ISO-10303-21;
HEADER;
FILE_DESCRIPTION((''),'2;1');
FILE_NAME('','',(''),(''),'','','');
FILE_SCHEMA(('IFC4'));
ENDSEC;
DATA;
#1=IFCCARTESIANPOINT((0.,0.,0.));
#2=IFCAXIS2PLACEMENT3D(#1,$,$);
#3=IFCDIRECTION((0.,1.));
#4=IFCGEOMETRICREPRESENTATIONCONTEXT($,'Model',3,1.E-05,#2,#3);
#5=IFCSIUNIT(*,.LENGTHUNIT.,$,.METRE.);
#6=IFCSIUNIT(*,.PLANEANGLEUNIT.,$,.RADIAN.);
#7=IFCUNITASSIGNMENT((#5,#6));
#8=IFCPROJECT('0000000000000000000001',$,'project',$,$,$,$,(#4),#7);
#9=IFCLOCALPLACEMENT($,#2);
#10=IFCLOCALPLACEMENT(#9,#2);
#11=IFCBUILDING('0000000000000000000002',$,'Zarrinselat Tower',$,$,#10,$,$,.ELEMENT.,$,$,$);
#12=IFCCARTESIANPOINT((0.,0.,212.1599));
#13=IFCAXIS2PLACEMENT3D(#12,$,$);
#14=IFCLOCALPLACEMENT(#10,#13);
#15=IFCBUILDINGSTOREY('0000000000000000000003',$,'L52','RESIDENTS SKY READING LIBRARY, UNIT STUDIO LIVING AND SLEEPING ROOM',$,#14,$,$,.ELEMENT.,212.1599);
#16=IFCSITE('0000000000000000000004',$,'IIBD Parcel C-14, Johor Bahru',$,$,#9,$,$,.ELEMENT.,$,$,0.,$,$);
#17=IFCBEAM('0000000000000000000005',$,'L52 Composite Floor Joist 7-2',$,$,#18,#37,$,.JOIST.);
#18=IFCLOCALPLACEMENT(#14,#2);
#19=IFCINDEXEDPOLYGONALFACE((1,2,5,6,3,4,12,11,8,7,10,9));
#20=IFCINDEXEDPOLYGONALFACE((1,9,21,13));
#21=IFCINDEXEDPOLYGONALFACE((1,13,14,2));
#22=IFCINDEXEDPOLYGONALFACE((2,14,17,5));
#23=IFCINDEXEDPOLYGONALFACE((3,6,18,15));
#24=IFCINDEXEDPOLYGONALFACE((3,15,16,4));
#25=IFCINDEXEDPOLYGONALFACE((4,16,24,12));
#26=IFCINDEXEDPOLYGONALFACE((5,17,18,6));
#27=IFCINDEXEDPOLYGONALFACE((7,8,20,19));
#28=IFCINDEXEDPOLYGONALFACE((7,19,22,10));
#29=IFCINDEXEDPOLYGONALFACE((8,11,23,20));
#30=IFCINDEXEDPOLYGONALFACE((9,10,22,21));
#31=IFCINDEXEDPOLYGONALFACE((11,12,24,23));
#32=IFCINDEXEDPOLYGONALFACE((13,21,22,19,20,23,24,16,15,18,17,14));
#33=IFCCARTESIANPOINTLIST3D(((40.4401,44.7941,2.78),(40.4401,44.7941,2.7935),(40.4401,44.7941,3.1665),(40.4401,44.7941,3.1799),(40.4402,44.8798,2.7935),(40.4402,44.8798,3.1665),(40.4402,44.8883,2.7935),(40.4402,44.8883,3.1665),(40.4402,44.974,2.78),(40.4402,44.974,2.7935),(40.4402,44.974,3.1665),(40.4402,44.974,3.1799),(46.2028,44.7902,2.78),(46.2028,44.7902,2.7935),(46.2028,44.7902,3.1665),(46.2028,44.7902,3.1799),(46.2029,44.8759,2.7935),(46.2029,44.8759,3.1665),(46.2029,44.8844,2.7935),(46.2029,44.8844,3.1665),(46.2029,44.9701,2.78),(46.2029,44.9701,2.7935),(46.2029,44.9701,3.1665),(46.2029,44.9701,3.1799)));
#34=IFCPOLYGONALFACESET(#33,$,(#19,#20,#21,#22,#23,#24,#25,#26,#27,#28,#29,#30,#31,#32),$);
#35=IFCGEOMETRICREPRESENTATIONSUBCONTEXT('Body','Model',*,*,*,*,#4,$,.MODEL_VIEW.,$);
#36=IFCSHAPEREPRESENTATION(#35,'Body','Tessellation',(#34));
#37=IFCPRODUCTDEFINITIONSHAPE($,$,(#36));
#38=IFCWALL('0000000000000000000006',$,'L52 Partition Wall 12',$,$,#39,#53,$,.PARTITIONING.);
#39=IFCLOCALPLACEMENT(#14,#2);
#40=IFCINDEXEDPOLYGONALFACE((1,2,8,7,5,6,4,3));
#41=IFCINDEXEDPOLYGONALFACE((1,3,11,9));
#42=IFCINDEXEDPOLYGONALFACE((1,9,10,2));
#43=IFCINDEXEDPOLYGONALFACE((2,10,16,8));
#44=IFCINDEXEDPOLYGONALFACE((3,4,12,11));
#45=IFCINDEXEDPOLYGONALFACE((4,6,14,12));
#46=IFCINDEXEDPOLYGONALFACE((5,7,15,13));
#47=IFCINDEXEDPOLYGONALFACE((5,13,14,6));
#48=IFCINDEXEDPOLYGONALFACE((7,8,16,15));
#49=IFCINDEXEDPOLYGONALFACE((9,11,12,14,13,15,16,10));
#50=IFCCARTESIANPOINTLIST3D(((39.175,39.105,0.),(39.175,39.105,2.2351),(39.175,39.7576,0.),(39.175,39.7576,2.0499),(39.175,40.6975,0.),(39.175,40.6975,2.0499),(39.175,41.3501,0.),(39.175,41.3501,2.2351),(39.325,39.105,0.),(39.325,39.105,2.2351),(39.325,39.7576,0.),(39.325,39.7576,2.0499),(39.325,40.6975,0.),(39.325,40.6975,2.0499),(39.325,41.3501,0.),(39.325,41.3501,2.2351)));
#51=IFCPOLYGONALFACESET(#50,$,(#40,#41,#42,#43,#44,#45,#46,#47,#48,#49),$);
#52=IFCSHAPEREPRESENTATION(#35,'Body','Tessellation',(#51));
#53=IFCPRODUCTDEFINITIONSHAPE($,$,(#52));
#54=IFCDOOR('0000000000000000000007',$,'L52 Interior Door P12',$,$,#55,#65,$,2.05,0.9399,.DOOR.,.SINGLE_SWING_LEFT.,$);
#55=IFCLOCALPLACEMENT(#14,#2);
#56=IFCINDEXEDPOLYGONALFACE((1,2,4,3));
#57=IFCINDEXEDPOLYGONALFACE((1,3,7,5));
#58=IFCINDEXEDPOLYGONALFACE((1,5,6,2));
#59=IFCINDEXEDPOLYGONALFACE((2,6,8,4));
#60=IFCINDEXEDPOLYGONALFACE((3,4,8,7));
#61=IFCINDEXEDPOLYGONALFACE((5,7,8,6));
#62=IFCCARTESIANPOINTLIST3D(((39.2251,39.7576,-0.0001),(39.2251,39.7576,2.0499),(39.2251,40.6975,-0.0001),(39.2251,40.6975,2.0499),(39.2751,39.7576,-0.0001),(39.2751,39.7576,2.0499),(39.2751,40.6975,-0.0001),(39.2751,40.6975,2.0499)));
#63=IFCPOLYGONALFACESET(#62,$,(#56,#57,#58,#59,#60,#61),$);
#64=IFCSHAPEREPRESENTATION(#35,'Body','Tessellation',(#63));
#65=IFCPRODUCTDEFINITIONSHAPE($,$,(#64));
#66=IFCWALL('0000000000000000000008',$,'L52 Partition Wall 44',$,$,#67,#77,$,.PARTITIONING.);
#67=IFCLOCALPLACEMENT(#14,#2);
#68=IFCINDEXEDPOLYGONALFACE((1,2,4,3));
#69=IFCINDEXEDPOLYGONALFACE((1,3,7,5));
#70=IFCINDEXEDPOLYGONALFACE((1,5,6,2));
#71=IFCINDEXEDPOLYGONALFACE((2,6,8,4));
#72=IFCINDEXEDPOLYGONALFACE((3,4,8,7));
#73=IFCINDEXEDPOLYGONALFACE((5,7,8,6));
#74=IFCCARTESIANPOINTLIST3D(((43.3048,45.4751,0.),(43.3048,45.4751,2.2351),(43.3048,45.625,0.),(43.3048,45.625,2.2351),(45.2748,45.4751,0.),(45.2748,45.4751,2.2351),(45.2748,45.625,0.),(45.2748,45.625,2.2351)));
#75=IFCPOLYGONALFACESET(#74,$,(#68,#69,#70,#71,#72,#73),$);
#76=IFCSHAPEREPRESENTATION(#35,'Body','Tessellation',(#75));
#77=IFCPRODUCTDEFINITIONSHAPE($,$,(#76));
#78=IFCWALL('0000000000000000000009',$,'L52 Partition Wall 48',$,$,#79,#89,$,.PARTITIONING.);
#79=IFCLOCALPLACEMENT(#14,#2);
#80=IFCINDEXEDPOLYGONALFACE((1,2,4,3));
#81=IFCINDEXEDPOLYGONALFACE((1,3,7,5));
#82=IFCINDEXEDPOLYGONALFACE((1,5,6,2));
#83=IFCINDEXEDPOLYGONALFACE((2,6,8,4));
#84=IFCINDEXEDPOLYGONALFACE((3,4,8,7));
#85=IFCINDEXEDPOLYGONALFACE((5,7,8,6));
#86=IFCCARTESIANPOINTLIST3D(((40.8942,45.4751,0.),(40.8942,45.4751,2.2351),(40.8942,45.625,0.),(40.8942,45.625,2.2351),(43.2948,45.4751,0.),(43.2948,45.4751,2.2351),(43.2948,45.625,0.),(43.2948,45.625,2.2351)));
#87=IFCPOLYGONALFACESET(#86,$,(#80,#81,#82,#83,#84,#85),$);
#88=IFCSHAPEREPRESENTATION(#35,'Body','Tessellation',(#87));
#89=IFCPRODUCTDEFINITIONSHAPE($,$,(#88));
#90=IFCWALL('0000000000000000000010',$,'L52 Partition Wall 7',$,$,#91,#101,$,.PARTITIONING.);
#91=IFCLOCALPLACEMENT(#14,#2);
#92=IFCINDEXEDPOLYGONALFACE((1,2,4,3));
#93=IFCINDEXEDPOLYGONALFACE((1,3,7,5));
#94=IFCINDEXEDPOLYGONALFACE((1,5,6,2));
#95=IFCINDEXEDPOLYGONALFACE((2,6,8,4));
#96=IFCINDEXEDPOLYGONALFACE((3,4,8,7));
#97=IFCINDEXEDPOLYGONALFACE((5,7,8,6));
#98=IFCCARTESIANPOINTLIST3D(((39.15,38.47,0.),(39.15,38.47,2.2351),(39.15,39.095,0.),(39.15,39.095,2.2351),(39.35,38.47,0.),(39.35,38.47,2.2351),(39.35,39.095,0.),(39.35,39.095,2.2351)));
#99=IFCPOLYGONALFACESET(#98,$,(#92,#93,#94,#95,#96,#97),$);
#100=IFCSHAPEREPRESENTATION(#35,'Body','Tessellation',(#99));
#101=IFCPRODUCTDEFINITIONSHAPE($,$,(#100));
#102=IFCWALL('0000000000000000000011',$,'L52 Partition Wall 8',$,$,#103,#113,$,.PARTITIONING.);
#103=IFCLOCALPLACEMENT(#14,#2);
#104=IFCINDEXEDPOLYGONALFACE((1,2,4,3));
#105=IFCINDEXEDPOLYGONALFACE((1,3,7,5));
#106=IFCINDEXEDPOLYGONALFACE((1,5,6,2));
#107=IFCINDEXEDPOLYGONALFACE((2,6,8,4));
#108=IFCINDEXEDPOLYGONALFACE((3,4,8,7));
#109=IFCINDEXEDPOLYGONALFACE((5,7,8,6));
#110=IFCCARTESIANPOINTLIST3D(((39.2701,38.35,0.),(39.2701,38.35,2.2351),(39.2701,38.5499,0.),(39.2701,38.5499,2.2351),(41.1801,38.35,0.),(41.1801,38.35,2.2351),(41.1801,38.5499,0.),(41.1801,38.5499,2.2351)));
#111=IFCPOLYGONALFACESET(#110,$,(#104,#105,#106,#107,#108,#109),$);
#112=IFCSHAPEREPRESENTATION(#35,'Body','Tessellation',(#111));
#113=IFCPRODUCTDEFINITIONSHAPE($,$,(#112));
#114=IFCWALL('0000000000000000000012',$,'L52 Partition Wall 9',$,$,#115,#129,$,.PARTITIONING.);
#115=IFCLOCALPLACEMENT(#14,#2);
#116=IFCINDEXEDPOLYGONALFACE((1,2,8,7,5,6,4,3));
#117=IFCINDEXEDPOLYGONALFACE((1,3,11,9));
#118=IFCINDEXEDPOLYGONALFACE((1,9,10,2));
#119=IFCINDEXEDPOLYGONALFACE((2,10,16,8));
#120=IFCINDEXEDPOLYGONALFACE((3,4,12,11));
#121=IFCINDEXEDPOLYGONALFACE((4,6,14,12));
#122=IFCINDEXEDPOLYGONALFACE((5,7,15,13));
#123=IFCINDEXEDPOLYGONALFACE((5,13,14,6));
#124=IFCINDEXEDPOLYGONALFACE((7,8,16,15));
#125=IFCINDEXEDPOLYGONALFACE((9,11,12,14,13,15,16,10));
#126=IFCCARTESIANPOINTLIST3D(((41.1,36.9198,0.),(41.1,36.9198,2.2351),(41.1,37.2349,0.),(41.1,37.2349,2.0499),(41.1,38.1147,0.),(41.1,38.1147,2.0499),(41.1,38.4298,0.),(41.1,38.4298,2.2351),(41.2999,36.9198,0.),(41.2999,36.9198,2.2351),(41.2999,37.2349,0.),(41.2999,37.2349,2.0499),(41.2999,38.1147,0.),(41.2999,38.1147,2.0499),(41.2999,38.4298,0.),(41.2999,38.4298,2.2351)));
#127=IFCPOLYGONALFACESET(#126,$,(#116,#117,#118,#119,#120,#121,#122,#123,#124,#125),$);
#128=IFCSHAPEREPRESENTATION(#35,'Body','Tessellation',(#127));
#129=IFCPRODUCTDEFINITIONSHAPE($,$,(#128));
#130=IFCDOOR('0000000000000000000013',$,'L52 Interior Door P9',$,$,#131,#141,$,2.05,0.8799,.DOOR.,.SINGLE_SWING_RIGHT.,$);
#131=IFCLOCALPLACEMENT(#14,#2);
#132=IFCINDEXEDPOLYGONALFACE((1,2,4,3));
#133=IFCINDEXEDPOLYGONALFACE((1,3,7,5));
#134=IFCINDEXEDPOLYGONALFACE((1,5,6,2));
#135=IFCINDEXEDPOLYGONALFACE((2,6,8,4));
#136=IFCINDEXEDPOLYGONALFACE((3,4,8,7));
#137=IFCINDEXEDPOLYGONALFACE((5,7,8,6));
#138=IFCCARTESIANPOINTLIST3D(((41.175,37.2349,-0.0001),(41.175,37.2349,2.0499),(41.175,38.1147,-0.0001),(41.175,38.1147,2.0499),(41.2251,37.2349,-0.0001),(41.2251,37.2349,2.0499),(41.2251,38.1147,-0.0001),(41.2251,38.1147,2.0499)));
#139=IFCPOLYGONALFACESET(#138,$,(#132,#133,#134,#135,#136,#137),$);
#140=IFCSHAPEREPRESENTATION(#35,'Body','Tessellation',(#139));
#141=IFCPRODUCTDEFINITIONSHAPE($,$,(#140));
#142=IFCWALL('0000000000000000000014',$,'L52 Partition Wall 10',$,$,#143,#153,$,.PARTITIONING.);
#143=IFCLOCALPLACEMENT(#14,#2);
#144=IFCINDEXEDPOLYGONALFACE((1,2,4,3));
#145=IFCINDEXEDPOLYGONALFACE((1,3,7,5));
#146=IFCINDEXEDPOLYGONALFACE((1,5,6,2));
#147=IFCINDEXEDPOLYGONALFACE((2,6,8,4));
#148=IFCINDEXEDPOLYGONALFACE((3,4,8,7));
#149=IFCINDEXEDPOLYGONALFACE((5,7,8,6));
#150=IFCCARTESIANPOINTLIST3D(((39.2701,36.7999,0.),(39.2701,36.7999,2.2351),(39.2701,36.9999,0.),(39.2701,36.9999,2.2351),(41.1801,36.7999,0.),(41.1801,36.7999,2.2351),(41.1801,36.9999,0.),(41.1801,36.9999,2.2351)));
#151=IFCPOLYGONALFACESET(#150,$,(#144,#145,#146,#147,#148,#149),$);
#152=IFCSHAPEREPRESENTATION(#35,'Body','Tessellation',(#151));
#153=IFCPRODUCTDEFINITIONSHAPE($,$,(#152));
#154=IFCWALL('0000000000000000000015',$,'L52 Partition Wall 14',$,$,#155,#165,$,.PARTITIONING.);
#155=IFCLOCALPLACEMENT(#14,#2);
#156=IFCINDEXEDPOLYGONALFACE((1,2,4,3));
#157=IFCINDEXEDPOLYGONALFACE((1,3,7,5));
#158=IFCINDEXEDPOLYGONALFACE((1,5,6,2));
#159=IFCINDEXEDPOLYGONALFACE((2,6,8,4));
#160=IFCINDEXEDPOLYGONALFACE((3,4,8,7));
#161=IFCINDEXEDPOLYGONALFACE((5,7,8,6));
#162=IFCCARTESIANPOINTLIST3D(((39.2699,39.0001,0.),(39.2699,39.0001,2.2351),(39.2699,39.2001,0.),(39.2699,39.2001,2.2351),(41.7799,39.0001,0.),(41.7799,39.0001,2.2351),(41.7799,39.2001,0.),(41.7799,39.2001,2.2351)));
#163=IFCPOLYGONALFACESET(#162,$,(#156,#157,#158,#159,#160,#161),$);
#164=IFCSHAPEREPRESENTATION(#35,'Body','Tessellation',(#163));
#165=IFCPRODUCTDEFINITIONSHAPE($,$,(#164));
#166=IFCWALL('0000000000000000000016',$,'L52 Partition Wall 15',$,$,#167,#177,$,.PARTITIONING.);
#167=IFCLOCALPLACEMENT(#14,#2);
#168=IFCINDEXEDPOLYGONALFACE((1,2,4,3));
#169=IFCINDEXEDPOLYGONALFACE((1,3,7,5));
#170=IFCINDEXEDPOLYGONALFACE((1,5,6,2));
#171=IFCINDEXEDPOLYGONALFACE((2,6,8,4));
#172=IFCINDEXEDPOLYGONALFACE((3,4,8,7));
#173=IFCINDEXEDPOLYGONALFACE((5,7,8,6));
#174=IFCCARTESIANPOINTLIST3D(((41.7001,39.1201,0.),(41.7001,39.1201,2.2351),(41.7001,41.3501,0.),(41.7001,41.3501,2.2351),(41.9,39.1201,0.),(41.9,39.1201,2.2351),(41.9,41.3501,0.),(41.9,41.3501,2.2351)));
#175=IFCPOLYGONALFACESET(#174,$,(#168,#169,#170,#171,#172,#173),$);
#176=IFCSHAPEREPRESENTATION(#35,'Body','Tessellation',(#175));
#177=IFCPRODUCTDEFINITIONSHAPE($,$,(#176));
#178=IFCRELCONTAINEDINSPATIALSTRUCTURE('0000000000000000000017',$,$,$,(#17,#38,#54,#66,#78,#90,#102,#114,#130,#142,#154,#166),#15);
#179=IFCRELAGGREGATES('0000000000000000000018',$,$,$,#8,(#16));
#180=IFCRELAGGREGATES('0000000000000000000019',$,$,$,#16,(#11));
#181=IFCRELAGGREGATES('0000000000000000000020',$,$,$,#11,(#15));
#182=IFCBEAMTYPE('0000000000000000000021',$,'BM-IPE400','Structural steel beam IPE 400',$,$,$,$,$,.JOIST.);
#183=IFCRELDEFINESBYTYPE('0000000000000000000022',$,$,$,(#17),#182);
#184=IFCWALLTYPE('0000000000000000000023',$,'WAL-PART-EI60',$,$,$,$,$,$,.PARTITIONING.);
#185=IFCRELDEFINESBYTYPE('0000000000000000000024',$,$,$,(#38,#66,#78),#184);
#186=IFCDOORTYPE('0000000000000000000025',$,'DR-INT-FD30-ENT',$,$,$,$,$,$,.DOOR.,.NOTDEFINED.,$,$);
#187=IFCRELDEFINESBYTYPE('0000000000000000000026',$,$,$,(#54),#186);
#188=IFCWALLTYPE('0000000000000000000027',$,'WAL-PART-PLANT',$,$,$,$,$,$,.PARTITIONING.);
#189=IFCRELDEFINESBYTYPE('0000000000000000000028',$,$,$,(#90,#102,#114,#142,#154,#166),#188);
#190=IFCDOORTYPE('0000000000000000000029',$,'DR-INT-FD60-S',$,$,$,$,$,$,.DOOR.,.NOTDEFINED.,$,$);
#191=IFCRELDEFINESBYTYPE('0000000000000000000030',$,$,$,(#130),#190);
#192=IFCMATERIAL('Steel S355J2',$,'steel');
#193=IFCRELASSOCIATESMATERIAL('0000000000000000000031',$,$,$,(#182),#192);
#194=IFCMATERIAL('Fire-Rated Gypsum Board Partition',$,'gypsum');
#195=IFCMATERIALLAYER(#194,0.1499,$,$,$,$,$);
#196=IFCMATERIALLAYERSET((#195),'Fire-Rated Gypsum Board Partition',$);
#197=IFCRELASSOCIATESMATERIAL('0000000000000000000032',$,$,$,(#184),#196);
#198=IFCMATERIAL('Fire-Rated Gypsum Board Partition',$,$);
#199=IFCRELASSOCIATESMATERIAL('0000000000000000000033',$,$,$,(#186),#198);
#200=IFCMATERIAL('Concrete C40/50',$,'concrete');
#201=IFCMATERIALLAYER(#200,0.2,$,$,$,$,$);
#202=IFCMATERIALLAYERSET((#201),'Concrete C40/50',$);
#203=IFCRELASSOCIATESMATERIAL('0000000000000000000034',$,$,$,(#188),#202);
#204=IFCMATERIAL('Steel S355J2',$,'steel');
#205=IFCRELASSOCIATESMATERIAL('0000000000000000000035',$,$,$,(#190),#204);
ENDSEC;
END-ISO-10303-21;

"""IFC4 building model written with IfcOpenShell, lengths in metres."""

from ifc_helpers import new_model, si_unit, direction, frame, frame_2d, origin, origin_2d, place, context, subcontext, project, spatial, rectangle, i_section, extrude, material, layer, layer_set, material_profile, profile_set, type_object, element, fill, save


model = new_model("IFC4")

# Units and contexts
model_context = context("Model", 3, precision=1e-05, world=origin(), true_north=direction((0.0, 1.0)))
body_context = subcontext(model_context, "Body", "Model", "MODEL_VIEW")
ifc_project = project(units=[si_unit("LENGTHUNIT", "METRE"), si_unit("PLANEANGLEUNIT", "RADIAN")], contexts=[model_context])

# Site, building, storey
site_placement = place(None, origin())
site = spatial("IfcSite", under=ifc_project, at=site_placement, Name="IIBD Parcel C-14, Johor Bahru", CompositionType="ELEMENT", RefElevation=0.0)
building_placement = place(site_placement, origin())
building = spatial("IfcBuilding", under=site, at=building_placement, Name="Zarrinselat Tower", CompositionType="ELEMENT")
storey_placement = place(building_placement, frame((0.0, 0.0, 212.1599)))
storey = spatial("IfcBuildingStorey", under=building, at=storey_placement, Name="L52", Description="RESIDENTS SKY READING LIBRARY, UNIT STUDIO LIVING AND SLEEPING ROOM", CompositionType="ELEMENT", Elevation=212.1599)

# Beam
ifc_material_1 = material(Name="Steel S355J2", Category="steel")
ifc_material_profile = material_profile(ifc_material_1, i_section(OverallWidth=0.1799, OverallDepth=0.3999, WebThickness=0.0085, FlangeThickness=0.0134, at=origin_2d()), Name="IPE 400")
ifc_profile_set = profile_set([ifc_material_profile], Name="Steel S355J2")
beam_type = type_object("IfcBeamType", Name="BM-IPE400", Description="Structural steel beam IPE 400", PredefinedType="JOIST", material=ifc_profile_set)
beam_placement = place(storey_placement, frame((40.4402, 44.884, 2.98), z_axis=(1.0, -0.000678, 0.0), x_axis=(0.000678, 1.0, 0.0)))
element("IfcBeam", 1, at=beam_placement, inside=storey, type_object=beam_type, Name="L52 Composite Floor Joist 7-2", PredefinedType="JOIST", context=body_context, shape_type="SweptSolid", body=[
    extrude(i_section(OverallWidth=0.1799, OverallDepth=0.3999, WebThickness=0.0085, FlangeThickness=0.0134, at=origin_2d()), origin(), (0.0, 0.0, 1.0), 5.7627),
])

# Wall, opening, door
ifc_material_2 = material(Name="Fire-Rated Gypsum Board Partition", Category="gypsum")
ifc_layer_1 = layer(ifc_material_2, 0.1499)
ifc_layer_set_1 = layer_set([ifc_layer_1], Name="Fire-Rated Gypsum Board Partition")
wall_type_1 = type_object("IfcWallType", Name="WAL-PART-EI60", PredefinedType="PARTITIONING", material=ifc_layer_set_1)
wall_1_placement = place(storey_placement, frame((39.25, 39.105, 0.0), z_axis=(0.0, 0.0, 1.0), x_axis=(0.0, 1.0, 0.0)))
wall_1 = element("IfcWall", 2, at=wall_1_placement, inside=storey, type_object=wall_type_1, Name="L52 Partition Wall 12", PredefinedType="PARTITIONING", context=body_context, shape_type="SweptSolid", body=[
    extrude(rectangle(XDim=2.2451, YDim=0.1499, at=frame_2d((1.1226, 0.0))), origin(), (0.0, 0.0, 1.0), 2.2351),
])
opening_1_placement = place(wall_1_placement, frame((0.6526, 0.0, 0.0)))
opening_1 = element("IfcOpeningElement", 3, at=opening_1_placement, cuts=wall_1, PredefinedType="OPENING", context=body_context, shape_type="SweptSolid", body=[
    extrude(rectangle(XDim=0.9399, YDim=2.05, at=frame_2d((0.47, 1.0249))), frame((0.0, 0.085, 0.0), z_axis=(0.0, -1.0, 0.0), x_axis=(1.0, 0.0, 0.0)), (0.0, 0.0, 1.0), 0.1699),
])
ifc_material_3 = material(Name="Fire-Rated Gypsum Board Partition")
door_type_1 = type_object("IfcDoorType", Name="DR-INT-FD30-ENT", OperationType="NOTDEFINED", PredefinedType="DOOR", material=ifc_material_3)
door_1_placement = place(opening_1_placement, origin())
door_1 = element("IfcDoor", 4, at=door_1_placement, inside=storey, type_object=door_type_1, Name="L52 Interior Door P12", OperationType="SINGLE_SWING_LEFT", OverallHeight=2.05, OverallWidth=0.9399, PredefinedType="DOOR", context=body_context, shape_type="SweptSolid", body=[
    extrude(rectangle(XDim=0.9399, YDim=2.05, at=frame_2d((0.47, 1.0249))), frame((0.0, 0.0249, 0.0), z_axis=(0.0, -1.0, 0.0), x_axis=(1.0, 0.0, 0.0)), (0.0, 0.0, 1.0), 0.05),
])
fill(opening_1, door_1)

# Walls
wall_2_placement = place(storey_placement, frame((43.3049, 45.55, 0.0), z_axis=(0.0, 0.0, 1.0), x_axis=(1.0, 0.0, 0.0)))
element("IfcWall", 5, at=wall_2_placement, inside=storey, type_object=wall_type_1, Name="L52 Partition Wall 44", PredefinedType="PARTITIONING", context=body_context, shape_type="SweptSolid", body=[
    extrude(rectangle(XDim=1.97, YDim=0.1499, at=frame_2d((0.9849, 0.0))), origin(), (0.0, 0.0, 1.0), 2.2351),
])
wall_3_placement = place(storey_placement, frame((40.8943, 45.55, 0.0), z_axis=(0.0, 0.0, 1.0), x_axis=(1.0, 0.0, 0.0)))
element("IfcWall", 6, at=wall_3_placement, inside=storey, type_object=wall_type_1, Name="L52 Partition Wall 48", PredefinedType="PARTITIONING", context=body_context, shape_type="SweptSolid", body=[
    extrude(rectangle(XDim=2.4006, YDim=0.1499, at=frame_2d((1.2002, 0.0))), origin(), (0.0, 0.0, 1.0), 2.2351),
])
ifc_material_4 = material(Name="Concrete C40/50", Category="concrete")
ifc_layer_2 = layer(ifc_material_4, 0.2)
ifc_layer_set_2 = layer_set([ifc_layer_2], Name="Concrete C40/50")
wall_type_2 = type_object("IfcWallType", Name="WAL-PART-PLANT", PredefinedType="PARTITIONING", material=ifc_layer_set_2)
wall_4_placement = place(storey_placement, frame((39.25, 38.47, 0.0), z_axis=(0.0, 0.0, 1.0), x_axis=(0.0, 1.0, 0.0)))
element("IfcWall", 7, at=wall_4_placement, inside=storey, type_object=wall_type_2, Name="L52 Partition Wall 7", PredefinedType="PARTITIONING", context=body_context, shape_type="SweptSolid", body=[
    extrude(rectangle(XDim=0.625, YDim=0.2, at=frame_2d((0.3125, 0.0))), origin(), (0.0, 0.0, 1.0), 2.2351),
])
wall_5_placement = place(storey_placement, frame((39.27, 38.45, 0.0), z_axis=(0.0, 0.0, 1.0), x_axis=(1.0, 0.0, 0.0)))
element("IfcWall", 8, at=wall_5_placement, inside=storey, type_object=wall_type_2, Name="L52 Partition Wall 8", PredefinedType="PARTITIONING", context=body_context, shape_type="SweptSolid", body=[
    extrude(rectangle(XDim=1.9099, YDim=0.2, at=frame_2d((0.9551, 0.0))), origin(), (0.0, 0.0, 1.0), 2.2351),
])

# Wall, opening, door
wall_6_placement = place(storey_placement, frame((41.2, 36.9199, 0.0), z_axis=(0.0, 0.0, 1.0), x_axis=(0.0, 1.0, 0.0)))
wall_6 = element("IfcWall", 9, at=wall_6_placement, inside=storey, type_object=wall_type_2, Name="L52 Partition Wall 9", PredefinedType="PARTITIONING", context=body_context, shape_type="SweptSolid", body=[
    extrude(rectangle(XDim=1.51, YDim=0.2, at=frame_2d((0.7549, 0.0))), origin(), (0.0, 0.0, 1.0), 2.2351),
])
opening_2_placement = place(wall_6_placement, frame((0.3149, 0.0, 0.0)))
opening_2 = element("IfcOpeningElement", 10, at=opening_2_placement, cuts=wall_6, PredefinedType="OPENING", context=body_context, shape_type="SweptSolid", body=[
    extrude(rectangle(XDim=0.8799, YDim=2.05, at=frame_2d((0.4399, 1.0249))), frame((0.0, 0.1099, 0.0), z_axis=(0.0, -1.0, 0.0), x_axis=(1.0, 0.0, 0.0)), (0.0, 0.0, 1.0), 0.22),
])
ifc_material_5 = material(Name="Steel S355J2", Category="steel")
door_type_2 = type_object("IfcDoorType", Name="DR-INT-FD60-S", OperationType="NOTDEFINED", PredefinedType="DOOR", material=ifc_material_5)
door_2_placement = place(opening_2_placement, origin())
door_2 = element("IfcDoor", 11, at=door_2_placement, inside=storey, type_object=door_type_2, Name="L52 Interior Door P9", OperationType="SINGLE_SWING_RIGHT", OverallHeight=2.05, OverallWidth=0.8799, PredefinedType="DOOR", context=body_context, shape_type="SweptSolid", body=[
    extrude(rectangle(XDim=0.8799, YDim=2.05, at=frame_2d((0.4399, 1.0249))), frame((0.0, 0.0249, 0.0), z_axis=(0.0, -1.0, 0.0), x_axis=(1.0, 0.0, 0.0)), (0.0, 0.0, 1.0), 0.05),
])
fill(opening_2, door_2)

# Walls
wall_7_placement = place(storey_placement, frame((39.27, 36.8999, 0.0), z_axis=(0.0, 0.0, 1.0), x_axis=(1.0, 0.0, 0.0)))
element("IfcWall", 12, at=wall_7_placement, inside=storey, type_object=wall_type_2, Name="L52 Partition Wall 10", PredefinedType="PARTITIONING", context=body_context, shape_type="SweptSolid", body=[
    extrude(rectangle(XDim=1.9099, YDim=0.2, at=frame_2d((0.9551, 0.0))), origin(), (0.0, 0.0, 1.0), 2.2351),
])
wall_8_placement = place(storey_placement, frame((39.27, 39.1001, 0.0), z_axis=(0.0, 0.0, 1.0), x_axis=(1.0, 0.0, 0.0)))
element("IfcWall", 13, at=wall_8_placement, inside=storey, type_object=wall_type_2, Name="L52 Partition Wall 14", PredefinedType="PARTITIONING", context=body_context, shape_type="SweptSolid", body=[
    extrude(rectangle(XDim=2.51, YDim=0.2, at=frame_2d((1.2549, 0.0))), origin(), (0.0, 0.0, 1.0), 2.2351),
])
wall_9_placement = place(storey_placement, frame((41.8, 39.1201, 0.0), z_axis=(0.0, 0.0, 1.0), x_axis=(0.0, 1.0, 0.0)))
element("IfcWall", 14, at=wall_9_placement, inside=storey, type_object=wall_type_2, Name="L52 Partition Wall 15", PredefinedType="PARTITIONING", context=body_context, shape_type="SweptSolid", body=[
    extrude(rectangle(XDim=2.23, YDim=0.2, at=frame_2d((1.115, 0.0))), origin(), (0.0, 0.0, 1.0), 2.2351),
])

save(model, "model.ifc")
